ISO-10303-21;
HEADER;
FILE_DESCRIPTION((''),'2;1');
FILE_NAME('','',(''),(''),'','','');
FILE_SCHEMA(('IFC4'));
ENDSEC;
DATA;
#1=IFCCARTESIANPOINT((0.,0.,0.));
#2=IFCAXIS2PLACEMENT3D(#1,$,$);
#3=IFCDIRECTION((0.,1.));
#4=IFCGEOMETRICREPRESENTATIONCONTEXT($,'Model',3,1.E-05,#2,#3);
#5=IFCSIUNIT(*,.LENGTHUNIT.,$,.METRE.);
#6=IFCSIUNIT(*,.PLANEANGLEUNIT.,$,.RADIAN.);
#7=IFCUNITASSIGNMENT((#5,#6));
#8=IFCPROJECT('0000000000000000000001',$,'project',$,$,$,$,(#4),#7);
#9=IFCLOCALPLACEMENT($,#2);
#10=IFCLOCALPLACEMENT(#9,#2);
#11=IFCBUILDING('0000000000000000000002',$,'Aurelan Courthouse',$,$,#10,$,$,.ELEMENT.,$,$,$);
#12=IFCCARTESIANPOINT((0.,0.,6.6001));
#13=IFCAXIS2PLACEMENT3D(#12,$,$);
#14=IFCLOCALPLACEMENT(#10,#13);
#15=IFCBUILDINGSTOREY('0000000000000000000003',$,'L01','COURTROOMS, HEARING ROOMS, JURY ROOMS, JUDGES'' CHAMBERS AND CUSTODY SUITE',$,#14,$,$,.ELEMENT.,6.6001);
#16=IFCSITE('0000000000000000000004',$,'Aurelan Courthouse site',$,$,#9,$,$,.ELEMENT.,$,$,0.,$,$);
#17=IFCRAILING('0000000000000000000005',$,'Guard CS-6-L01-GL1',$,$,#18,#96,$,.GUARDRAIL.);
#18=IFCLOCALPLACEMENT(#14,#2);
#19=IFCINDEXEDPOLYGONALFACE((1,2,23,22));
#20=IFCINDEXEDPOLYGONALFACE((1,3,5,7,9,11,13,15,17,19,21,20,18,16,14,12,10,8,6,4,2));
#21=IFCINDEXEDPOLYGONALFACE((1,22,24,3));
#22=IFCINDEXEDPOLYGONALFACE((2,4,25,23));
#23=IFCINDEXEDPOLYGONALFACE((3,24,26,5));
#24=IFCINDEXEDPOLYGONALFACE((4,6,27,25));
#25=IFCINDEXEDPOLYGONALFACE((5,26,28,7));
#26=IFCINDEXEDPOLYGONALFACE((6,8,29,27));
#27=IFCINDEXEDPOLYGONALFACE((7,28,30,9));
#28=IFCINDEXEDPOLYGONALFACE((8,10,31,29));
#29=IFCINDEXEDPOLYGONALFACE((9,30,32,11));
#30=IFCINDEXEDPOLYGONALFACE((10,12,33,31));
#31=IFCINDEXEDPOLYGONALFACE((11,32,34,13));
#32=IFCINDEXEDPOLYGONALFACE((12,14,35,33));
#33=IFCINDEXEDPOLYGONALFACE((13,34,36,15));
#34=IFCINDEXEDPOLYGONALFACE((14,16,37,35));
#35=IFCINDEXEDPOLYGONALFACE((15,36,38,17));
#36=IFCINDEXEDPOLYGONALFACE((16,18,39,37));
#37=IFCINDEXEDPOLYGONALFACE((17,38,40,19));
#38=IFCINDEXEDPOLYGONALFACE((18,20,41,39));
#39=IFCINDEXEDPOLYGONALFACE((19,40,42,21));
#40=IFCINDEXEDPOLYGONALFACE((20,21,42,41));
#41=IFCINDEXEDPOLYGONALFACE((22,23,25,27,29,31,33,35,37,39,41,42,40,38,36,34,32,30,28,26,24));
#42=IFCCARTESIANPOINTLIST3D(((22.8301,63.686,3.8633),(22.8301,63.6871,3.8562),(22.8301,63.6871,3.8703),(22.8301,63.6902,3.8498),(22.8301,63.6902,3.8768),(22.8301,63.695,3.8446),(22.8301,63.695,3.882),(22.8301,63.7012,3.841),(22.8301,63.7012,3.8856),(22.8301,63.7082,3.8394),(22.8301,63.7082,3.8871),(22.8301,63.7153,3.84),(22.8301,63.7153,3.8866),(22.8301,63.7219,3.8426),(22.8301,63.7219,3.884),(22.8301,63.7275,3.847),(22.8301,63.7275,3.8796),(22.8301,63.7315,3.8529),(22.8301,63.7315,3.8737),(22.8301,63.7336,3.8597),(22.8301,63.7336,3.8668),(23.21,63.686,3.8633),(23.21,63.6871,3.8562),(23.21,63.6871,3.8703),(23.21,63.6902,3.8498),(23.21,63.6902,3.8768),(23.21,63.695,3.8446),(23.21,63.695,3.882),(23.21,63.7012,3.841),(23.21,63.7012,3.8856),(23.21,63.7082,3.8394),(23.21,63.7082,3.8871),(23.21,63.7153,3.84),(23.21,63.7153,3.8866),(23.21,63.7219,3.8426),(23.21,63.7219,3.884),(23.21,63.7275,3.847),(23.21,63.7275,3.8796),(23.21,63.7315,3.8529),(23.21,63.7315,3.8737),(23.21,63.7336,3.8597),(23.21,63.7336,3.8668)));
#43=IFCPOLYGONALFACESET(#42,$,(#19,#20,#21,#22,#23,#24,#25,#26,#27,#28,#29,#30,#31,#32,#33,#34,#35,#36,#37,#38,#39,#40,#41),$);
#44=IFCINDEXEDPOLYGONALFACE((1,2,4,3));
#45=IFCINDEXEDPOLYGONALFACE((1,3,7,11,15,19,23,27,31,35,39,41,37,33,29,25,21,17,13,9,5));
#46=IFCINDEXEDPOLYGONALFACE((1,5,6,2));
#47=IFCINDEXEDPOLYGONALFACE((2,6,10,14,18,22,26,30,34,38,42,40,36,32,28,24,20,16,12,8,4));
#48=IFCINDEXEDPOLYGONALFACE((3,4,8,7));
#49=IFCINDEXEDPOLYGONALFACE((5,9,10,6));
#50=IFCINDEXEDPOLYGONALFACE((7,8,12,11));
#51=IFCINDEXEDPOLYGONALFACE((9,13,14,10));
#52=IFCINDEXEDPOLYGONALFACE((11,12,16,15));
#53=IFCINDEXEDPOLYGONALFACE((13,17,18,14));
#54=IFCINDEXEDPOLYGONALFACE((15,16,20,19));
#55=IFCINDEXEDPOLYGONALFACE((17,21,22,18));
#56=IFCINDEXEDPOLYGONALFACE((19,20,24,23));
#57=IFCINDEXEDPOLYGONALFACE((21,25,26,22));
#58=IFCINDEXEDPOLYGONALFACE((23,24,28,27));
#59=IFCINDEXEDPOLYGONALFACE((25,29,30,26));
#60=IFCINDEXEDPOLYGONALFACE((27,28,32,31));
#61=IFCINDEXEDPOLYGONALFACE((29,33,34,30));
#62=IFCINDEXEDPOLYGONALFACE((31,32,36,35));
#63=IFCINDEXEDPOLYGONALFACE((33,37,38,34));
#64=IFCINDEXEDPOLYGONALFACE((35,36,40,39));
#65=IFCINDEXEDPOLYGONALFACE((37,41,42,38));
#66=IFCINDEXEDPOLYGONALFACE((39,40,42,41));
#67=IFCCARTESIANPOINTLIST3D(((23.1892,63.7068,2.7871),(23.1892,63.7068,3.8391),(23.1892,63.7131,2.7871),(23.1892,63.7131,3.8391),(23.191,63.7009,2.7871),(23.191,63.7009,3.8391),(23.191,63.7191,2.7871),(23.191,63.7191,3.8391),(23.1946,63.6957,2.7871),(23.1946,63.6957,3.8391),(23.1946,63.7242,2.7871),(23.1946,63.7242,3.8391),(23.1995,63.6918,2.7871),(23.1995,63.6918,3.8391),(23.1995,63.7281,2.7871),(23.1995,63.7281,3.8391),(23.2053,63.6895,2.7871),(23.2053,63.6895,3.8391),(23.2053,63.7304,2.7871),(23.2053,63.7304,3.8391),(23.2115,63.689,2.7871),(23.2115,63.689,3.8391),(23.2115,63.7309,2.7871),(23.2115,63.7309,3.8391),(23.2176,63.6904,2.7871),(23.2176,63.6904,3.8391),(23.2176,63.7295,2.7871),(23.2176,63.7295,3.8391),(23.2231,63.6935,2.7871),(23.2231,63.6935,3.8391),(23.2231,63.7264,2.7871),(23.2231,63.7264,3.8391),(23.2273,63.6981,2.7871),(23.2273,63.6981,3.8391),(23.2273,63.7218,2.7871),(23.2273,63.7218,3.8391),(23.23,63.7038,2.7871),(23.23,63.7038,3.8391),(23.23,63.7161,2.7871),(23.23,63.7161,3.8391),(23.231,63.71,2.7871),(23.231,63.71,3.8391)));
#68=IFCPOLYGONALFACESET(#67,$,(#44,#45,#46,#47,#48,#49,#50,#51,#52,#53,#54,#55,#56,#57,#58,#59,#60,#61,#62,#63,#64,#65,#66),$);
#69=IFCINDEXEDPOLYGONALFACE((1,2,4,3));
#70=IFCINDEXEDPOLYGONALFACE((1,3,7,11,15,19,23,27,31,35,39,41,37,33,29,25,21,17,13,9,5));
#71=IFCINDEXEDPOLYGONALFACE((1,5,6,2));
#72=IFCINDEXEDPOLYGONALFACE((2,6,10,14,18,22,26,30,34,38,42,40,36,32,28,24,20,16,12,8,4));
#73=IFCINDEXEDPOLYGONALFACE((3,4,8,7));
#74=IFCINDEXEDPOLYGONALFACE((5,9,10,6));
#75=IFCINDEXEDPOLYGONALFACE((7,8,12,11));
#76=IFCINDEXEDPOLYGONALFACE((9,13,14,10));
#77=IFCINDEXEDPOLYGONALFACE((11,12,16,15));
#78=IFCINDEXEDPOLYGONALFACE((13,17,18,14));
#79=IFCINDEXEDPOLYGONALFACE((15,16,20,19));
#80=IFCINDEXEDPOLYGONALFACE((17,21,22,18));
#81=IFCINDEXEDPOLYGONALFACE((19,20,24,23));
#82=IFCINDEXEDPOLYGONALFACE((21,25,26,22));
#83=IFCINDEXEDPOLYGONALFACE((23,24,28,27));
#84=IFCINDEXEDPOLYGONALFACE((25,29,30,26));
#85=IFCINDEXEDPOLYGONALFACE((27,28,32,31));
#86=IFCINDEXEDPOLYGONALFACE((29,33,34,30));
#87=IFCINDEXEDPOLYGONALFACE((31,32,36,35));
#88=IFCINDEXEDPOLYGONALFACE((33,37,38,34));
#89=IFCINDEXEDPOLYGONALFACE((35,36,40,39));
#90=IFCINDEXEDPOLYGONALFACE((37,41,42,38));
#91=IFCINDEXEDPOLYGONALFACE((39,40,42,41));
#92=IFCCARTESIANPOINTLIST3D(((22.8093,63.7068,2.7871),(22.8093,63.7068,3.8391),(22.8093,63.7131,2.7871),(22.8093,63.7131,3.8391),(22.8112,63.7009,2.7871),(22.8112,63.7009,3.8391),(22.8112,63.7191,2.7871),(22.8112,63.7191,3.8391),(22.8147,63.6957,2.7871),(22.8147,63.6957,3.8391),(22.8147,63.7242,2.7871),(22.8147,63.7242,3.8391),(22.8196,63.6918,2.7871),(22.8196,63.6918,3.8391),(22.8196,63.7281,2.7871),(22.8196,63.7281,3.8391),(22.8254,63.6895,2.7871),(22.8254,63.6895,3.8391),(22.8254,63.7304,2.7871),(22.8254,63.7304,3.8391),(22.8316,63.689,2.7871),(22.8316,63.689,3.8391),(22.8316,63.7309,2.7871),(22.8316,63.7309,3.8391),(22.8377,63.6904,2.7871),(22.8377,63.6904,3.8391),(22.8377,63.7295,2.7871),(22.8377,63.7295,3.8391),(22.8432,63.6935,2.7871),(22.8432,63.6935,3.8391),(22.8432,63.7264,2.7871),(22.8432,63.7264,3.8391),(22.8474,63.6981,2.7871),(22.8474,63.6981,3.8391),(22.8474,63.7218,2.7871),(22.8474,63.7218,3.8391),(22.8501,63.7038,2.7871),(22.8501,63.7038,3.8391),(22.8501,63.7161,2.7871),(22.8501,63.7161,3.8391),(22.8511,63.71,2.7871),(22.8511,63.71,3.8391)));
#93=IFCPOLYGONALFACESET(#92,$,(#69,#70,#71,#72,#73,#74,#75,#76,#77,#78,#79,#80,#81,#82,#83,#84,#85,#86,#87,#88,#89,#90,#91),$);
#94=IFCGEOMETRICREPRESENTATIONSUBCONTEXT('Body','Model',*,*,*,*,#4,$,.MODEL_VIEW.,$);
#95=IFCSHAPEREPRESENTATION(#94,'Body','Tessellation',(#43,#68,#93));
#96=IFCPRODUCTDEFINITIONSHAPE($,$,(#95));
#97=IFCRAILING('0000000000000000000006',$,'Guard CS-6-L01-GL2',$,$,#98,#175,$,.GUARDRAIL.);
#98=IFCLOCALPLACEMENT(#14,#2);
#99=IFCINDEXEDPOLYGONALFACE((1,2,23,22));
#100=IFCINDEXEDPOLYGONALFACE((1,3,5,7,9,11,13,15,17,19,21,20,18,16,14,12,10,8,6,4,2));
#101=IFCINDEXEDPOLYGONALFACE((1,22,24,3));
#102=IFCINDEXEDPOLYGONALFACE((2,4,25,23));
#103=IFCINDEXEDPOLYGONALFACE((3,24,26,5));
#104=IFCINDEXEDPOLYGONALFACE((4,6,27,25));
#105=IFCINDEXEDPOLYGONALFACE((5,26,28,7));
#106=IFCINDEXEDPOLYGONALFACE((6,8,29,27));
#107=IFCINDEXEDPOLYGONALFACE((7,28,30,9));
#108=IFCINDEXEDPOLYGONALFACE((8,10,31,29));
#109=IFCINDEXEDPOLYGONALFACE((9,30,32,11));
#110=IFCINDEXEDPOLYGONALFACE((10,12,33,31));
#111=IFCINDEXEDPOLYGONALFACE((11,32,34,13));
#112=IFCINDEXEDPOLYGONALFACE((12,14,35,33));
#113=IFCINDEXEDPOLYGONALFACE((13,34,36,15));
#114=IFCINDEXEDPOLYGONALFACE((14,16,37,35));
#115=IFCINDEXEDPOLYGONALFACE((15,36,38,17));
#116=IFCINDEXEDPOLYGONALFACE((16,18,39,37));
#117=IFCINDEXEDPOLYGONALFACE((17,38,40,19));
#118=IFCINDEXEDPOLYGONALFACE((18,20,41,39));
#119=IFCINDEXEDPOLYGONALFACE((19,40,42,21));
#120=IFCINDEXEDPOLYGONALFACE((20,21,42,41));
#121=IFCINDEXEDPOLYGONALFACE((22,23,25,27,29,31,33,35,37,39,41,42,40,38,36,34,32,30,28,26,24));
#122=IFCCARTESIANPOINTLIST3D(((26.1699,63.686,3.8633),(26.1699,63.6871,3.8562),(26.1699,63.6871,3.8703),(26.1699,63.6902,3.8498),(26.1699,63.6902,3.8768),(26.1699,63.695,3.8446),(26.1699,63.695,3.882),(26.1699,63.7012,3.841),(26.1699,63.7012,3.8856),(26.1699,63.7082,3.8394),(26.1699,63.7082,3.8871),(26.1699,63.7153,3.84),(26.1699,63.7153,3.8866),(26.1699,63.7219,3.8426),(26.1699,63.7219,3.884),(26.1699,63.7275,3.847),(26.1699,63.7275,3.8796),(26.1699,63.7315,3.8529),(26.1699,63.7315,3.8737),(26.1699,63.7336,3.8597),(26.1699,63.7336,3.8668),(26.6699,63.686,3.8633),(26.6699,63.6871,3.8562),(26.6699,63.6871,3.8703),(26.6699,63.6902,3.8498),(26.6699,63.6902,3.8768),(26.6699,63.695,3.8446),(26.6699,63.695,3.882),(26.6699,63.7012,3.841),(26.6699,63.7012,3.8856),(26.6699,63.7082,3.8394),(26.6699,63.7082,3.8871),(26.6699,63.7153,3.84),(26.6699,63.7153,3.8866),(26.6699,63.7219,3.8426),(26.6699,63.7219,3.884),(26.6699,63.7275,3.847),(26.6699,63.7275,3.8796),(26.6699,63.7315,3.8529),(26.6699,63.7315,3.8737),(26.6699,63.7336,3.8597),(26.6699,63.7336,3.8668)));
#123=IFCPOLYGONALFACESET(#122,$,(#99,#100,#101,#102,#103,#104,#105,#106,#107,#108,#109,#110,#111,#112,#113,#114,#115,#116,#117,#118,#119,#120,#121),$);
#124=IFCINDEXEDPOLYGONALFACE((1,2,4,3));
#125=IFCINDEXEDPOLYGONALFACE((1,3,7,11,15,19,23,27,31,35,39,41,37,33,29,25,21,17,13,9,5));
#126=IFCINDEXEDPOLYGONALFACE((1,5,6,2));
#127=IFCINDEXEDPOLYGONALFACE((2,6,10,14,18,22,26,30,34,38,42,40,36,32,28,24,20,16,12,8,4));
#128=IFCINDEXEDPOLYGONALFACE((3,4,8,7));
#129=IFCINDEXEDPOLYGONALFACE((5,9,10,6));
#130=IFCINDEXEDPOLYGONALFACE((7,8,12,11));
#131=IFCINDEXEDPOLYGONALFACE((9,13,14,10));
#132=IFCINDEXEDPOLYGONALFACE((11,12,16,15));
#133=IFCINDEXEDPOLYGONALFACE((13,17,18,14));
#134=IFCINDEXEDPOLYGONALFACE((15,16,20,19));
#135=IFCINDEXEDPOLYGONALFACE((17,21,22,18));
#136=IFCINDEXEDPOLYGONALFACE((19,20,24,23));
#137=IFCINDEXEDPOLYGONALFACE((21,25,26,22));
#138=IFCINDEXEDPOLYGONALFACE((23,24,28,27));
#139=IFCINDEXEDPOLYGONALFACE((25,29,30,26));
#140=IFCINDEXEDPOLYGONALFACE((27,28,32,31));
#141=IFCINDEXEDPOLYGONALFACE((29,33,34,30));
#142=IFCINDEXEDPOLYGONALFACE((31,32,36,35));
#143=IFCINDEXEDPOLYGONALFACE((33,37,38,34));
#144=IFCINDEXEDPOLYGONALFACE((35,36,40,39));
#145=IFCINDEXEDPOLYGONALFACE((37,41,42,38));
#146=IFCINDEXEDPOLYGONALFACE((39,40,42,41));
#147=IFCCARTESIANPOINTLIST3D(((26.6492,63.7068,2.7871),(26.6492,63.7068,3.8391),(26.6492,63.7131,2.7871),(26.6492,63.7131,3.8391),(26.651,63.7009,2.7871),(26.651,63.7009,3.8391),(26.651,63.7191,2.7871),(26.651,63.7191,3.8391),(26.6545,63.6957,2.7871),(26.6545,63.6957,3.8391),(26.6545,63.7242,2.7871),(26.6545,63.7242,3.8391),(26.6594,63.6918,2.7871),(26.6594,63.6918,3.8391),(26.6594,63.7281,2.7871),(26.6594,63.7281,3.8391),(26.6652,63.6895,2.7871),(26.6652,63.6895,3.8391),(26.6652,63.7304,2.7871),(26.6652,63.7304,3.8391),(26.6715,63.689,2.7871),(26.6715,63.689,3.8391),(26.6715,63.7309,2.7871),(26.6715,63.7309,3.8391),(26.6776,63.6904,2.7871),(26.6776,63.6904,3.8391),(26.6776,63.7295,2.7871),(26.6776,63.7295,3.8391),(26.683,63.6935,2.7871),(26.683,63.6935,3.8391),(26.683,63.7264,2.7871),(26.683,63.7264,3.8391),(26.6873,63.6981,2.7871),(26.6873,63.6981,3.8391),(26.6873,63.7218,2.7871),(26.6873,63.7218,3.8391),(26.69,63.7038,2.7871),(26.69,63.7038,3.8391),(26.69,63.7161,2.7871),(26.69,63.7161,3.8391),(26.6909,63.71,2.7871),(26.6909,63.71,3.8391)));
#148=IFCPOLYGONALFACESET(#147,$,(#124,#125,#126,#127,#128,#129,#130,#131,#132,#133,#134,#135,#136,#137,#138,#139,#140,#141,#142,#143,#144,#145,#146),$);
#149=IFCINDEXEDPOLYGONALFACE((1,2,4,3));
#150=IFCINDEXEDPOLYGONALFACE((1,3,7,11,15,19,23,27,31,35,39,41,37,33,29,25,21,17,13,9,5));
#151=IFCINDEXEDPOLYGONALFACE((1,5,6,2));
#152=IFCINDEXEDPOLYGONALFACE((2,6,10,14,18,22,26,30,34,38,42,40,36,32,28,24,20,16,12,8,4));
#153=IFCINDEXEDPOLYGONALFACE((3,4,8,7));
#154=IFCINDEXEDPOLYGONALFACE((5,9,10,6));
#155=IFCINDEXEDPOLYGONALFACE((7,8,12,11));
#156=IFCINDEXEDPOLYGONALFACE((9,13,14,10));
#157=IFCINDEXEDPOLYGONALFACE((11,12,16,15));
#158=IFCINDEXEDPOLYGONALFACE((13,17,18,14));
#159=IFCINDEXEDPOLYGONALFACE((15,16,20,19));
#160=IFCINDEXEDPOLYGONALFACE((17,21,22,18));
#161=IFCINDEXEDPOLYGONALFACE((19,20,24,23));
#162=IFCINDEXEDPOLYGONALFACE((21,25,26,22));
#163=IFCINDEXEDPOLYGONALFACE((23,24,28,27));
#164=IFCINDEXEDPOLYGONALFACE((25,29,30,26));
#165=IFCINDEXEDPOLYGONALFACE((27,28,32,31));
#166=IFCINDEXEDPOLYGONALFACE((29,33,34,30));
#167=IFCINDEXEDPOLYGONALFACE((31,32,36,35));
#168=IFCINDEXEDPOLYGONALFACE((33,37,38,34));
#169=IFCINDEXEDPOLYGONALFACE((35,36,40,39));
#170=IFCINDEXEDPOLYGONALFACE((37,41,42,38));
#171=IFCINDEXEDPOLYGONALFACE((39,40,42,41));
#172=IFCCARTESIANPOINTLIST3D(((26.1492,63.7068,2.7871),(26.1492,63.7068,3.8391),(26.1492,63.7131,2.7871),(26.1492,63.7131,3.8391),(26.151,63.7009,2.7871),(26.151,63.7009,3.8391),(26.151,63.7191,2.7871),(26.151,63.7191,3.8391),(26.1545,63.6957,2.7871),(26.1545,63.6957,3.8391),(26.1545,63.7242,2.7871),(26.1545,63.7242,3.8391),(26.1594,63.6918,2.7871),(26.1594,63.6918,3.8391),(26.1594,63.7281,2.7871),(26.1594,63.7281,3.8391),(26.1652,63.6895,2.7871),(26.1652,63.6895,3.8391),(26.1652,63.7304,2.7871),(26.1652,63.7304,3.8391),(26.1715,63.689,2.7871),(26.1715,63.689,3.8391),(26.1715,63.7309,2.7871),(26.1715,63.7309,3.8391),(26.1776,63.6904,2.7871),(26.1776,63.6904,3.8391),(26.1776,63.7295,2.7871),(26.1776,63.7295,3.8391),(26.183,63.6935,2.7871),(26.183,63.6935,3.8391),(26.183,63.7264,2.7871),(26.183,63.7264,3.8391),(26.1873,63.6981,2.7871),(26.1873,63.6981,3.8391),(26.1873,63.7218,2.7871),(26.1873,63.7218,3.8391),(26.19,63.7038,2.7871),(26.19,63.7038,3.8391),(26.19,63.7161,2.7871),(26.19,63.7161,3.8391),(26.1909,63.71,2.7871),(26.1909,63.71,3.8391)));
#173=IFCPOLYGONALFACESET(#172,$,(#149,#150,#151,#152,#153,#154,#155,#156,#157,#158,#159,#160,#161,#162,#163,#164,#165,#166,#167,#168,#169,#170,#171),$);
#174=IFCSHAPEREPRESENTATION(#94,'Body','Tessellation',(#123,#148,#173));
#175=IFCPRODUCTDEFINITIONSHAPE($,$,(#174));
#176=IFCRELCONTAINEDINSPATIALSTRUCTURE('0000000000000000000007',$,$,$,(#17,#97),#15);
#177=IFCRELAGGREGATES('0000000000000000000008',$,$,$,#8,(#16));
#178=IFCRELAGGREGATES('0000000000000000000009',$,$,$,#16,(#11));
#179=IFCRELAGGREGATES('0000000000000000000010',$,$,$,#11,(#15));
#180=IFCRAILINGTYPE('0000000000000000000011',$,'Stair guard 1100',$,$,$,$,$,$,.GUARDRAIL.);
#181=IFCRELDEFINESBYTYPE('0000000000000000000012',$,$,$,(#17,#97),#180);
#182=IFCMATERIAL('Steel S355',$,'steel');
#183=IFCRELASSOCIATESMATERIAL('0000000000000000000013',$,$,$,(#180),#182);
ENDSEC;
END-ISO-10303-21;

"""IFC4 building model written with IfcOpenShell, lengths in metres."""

from ifc_helpers import new_model, si_unit, direction, frame, origin, origin_2d, place, context, subcontext, project, spatial, circle, extrude, material, type_object, element, save


model = new_model("IFC4")

# Units and contexts
model_context = context("Model", 3, precision=1e-05, world=origin(), true_north=direction((0.0, 1.0)))
body_context = subcontext(model_context, "Body", "Model", "MODEL_VIEW")
ifc_project = project(units=[si_unit("LENGTHUNIT", "METRE"), si_unit("PLANEANGLEUNIT", "RADIAN")], contexts=[model_context])

# Site, building, storey
site_placement = place(None, origin())
site = spatial("IfcSite", under=ifc_project, at=site_placement, Name="Aurelan Courthouse site", CompositionType="ELEMENT", RefElevation=0.0)
building_placement = place(site_placement, origin())
building = spatial("IfcBuilding", under=site, at=building_placement, Name="Aurelan Courthouse", CompositionType="ELEMENT")
storey_placement = place(building_placement, frame((0.0, 0.0, 6.6001)))
storey = spatial("IfcBuildingStorey", under=building, at=storey_placement, Name="L01", Description="COURTROOMS, HEARING ROOMS, JURY ROOMS, JUDGES' CHAMBERS AND CUSTODY SUITE", CompositionType="ELEMENT", Elevation=6.6001)

# Railings
ifc_material_1 = material(Name="Steel S355", Category="steel")
railing_type_1 = type_object("IfcRailingType", Name="Stair guard 1100", PredefinedType="GUARDRAIL", material=ifc_material_1)
railing_1_placement = place(storey_placement, frame((23.21, 63.71, 2.7871)))
element("IfcRailing", 1, at=railing_1_placement, inside=storey, type_object=railing_type_1, Name="Guard CS-6-L01-GL1", PredefinedType="GUARDRAIL", context=body_context, shape_type="SweptSolid", body=[
    extrude(circle(Radius=0.0239, at=origin_2d()), frame((0.0, 0.0, 1.0762), z_axis=(-1.0, 0.0, 0.0), x_axis=(0.0, -1.0, 0.0)), (0.0, 0.0, 1.0), 0.3799),
    extrude(circle(Radius=0.021, at=origin_2d()), origin(), (0.0, 0.0, 1.0), 1.052),
    extrude(circle(Radius=0.021, at=origin_2d()), frame((-0.3799, 0.0, 0.0)), (0.0, 0.0, 1.0), 1.052),
])
railing_2_placement = place(storey_placement, frame((26.6699, 63.71, 2.7871)))
element("IfcRailing", 2, at=railing_2_placement, inside=storey, type_object=railing_type_1, Name="Guard CS-6-L01-GL2", PredefinedType="GUARDRAIL", context=body_context, shape_type="SweptSolid", body=[
    extrude(circle(Radius=0.0239, at=origin_2d()), frame((0.0, 0.0, 1.0762), z_axis=(-1.0, 0.0, 0.0), x_axis=(0.0, -1.0, 0.0)), (0.0, 0.0, 1.0), 0.5),
    extrude(circle(Radius=0.021, at=origin_2d()), origin(), (0.0, 0.0, 1.0), 1.052),
    extrude(circle(Radius=0.021, at=origin_2d()), frame((-0.5, 0.0, 0.0)), (0.0, 0.0, 1.0), 1.052),
])

save(model, "model.ifc")
